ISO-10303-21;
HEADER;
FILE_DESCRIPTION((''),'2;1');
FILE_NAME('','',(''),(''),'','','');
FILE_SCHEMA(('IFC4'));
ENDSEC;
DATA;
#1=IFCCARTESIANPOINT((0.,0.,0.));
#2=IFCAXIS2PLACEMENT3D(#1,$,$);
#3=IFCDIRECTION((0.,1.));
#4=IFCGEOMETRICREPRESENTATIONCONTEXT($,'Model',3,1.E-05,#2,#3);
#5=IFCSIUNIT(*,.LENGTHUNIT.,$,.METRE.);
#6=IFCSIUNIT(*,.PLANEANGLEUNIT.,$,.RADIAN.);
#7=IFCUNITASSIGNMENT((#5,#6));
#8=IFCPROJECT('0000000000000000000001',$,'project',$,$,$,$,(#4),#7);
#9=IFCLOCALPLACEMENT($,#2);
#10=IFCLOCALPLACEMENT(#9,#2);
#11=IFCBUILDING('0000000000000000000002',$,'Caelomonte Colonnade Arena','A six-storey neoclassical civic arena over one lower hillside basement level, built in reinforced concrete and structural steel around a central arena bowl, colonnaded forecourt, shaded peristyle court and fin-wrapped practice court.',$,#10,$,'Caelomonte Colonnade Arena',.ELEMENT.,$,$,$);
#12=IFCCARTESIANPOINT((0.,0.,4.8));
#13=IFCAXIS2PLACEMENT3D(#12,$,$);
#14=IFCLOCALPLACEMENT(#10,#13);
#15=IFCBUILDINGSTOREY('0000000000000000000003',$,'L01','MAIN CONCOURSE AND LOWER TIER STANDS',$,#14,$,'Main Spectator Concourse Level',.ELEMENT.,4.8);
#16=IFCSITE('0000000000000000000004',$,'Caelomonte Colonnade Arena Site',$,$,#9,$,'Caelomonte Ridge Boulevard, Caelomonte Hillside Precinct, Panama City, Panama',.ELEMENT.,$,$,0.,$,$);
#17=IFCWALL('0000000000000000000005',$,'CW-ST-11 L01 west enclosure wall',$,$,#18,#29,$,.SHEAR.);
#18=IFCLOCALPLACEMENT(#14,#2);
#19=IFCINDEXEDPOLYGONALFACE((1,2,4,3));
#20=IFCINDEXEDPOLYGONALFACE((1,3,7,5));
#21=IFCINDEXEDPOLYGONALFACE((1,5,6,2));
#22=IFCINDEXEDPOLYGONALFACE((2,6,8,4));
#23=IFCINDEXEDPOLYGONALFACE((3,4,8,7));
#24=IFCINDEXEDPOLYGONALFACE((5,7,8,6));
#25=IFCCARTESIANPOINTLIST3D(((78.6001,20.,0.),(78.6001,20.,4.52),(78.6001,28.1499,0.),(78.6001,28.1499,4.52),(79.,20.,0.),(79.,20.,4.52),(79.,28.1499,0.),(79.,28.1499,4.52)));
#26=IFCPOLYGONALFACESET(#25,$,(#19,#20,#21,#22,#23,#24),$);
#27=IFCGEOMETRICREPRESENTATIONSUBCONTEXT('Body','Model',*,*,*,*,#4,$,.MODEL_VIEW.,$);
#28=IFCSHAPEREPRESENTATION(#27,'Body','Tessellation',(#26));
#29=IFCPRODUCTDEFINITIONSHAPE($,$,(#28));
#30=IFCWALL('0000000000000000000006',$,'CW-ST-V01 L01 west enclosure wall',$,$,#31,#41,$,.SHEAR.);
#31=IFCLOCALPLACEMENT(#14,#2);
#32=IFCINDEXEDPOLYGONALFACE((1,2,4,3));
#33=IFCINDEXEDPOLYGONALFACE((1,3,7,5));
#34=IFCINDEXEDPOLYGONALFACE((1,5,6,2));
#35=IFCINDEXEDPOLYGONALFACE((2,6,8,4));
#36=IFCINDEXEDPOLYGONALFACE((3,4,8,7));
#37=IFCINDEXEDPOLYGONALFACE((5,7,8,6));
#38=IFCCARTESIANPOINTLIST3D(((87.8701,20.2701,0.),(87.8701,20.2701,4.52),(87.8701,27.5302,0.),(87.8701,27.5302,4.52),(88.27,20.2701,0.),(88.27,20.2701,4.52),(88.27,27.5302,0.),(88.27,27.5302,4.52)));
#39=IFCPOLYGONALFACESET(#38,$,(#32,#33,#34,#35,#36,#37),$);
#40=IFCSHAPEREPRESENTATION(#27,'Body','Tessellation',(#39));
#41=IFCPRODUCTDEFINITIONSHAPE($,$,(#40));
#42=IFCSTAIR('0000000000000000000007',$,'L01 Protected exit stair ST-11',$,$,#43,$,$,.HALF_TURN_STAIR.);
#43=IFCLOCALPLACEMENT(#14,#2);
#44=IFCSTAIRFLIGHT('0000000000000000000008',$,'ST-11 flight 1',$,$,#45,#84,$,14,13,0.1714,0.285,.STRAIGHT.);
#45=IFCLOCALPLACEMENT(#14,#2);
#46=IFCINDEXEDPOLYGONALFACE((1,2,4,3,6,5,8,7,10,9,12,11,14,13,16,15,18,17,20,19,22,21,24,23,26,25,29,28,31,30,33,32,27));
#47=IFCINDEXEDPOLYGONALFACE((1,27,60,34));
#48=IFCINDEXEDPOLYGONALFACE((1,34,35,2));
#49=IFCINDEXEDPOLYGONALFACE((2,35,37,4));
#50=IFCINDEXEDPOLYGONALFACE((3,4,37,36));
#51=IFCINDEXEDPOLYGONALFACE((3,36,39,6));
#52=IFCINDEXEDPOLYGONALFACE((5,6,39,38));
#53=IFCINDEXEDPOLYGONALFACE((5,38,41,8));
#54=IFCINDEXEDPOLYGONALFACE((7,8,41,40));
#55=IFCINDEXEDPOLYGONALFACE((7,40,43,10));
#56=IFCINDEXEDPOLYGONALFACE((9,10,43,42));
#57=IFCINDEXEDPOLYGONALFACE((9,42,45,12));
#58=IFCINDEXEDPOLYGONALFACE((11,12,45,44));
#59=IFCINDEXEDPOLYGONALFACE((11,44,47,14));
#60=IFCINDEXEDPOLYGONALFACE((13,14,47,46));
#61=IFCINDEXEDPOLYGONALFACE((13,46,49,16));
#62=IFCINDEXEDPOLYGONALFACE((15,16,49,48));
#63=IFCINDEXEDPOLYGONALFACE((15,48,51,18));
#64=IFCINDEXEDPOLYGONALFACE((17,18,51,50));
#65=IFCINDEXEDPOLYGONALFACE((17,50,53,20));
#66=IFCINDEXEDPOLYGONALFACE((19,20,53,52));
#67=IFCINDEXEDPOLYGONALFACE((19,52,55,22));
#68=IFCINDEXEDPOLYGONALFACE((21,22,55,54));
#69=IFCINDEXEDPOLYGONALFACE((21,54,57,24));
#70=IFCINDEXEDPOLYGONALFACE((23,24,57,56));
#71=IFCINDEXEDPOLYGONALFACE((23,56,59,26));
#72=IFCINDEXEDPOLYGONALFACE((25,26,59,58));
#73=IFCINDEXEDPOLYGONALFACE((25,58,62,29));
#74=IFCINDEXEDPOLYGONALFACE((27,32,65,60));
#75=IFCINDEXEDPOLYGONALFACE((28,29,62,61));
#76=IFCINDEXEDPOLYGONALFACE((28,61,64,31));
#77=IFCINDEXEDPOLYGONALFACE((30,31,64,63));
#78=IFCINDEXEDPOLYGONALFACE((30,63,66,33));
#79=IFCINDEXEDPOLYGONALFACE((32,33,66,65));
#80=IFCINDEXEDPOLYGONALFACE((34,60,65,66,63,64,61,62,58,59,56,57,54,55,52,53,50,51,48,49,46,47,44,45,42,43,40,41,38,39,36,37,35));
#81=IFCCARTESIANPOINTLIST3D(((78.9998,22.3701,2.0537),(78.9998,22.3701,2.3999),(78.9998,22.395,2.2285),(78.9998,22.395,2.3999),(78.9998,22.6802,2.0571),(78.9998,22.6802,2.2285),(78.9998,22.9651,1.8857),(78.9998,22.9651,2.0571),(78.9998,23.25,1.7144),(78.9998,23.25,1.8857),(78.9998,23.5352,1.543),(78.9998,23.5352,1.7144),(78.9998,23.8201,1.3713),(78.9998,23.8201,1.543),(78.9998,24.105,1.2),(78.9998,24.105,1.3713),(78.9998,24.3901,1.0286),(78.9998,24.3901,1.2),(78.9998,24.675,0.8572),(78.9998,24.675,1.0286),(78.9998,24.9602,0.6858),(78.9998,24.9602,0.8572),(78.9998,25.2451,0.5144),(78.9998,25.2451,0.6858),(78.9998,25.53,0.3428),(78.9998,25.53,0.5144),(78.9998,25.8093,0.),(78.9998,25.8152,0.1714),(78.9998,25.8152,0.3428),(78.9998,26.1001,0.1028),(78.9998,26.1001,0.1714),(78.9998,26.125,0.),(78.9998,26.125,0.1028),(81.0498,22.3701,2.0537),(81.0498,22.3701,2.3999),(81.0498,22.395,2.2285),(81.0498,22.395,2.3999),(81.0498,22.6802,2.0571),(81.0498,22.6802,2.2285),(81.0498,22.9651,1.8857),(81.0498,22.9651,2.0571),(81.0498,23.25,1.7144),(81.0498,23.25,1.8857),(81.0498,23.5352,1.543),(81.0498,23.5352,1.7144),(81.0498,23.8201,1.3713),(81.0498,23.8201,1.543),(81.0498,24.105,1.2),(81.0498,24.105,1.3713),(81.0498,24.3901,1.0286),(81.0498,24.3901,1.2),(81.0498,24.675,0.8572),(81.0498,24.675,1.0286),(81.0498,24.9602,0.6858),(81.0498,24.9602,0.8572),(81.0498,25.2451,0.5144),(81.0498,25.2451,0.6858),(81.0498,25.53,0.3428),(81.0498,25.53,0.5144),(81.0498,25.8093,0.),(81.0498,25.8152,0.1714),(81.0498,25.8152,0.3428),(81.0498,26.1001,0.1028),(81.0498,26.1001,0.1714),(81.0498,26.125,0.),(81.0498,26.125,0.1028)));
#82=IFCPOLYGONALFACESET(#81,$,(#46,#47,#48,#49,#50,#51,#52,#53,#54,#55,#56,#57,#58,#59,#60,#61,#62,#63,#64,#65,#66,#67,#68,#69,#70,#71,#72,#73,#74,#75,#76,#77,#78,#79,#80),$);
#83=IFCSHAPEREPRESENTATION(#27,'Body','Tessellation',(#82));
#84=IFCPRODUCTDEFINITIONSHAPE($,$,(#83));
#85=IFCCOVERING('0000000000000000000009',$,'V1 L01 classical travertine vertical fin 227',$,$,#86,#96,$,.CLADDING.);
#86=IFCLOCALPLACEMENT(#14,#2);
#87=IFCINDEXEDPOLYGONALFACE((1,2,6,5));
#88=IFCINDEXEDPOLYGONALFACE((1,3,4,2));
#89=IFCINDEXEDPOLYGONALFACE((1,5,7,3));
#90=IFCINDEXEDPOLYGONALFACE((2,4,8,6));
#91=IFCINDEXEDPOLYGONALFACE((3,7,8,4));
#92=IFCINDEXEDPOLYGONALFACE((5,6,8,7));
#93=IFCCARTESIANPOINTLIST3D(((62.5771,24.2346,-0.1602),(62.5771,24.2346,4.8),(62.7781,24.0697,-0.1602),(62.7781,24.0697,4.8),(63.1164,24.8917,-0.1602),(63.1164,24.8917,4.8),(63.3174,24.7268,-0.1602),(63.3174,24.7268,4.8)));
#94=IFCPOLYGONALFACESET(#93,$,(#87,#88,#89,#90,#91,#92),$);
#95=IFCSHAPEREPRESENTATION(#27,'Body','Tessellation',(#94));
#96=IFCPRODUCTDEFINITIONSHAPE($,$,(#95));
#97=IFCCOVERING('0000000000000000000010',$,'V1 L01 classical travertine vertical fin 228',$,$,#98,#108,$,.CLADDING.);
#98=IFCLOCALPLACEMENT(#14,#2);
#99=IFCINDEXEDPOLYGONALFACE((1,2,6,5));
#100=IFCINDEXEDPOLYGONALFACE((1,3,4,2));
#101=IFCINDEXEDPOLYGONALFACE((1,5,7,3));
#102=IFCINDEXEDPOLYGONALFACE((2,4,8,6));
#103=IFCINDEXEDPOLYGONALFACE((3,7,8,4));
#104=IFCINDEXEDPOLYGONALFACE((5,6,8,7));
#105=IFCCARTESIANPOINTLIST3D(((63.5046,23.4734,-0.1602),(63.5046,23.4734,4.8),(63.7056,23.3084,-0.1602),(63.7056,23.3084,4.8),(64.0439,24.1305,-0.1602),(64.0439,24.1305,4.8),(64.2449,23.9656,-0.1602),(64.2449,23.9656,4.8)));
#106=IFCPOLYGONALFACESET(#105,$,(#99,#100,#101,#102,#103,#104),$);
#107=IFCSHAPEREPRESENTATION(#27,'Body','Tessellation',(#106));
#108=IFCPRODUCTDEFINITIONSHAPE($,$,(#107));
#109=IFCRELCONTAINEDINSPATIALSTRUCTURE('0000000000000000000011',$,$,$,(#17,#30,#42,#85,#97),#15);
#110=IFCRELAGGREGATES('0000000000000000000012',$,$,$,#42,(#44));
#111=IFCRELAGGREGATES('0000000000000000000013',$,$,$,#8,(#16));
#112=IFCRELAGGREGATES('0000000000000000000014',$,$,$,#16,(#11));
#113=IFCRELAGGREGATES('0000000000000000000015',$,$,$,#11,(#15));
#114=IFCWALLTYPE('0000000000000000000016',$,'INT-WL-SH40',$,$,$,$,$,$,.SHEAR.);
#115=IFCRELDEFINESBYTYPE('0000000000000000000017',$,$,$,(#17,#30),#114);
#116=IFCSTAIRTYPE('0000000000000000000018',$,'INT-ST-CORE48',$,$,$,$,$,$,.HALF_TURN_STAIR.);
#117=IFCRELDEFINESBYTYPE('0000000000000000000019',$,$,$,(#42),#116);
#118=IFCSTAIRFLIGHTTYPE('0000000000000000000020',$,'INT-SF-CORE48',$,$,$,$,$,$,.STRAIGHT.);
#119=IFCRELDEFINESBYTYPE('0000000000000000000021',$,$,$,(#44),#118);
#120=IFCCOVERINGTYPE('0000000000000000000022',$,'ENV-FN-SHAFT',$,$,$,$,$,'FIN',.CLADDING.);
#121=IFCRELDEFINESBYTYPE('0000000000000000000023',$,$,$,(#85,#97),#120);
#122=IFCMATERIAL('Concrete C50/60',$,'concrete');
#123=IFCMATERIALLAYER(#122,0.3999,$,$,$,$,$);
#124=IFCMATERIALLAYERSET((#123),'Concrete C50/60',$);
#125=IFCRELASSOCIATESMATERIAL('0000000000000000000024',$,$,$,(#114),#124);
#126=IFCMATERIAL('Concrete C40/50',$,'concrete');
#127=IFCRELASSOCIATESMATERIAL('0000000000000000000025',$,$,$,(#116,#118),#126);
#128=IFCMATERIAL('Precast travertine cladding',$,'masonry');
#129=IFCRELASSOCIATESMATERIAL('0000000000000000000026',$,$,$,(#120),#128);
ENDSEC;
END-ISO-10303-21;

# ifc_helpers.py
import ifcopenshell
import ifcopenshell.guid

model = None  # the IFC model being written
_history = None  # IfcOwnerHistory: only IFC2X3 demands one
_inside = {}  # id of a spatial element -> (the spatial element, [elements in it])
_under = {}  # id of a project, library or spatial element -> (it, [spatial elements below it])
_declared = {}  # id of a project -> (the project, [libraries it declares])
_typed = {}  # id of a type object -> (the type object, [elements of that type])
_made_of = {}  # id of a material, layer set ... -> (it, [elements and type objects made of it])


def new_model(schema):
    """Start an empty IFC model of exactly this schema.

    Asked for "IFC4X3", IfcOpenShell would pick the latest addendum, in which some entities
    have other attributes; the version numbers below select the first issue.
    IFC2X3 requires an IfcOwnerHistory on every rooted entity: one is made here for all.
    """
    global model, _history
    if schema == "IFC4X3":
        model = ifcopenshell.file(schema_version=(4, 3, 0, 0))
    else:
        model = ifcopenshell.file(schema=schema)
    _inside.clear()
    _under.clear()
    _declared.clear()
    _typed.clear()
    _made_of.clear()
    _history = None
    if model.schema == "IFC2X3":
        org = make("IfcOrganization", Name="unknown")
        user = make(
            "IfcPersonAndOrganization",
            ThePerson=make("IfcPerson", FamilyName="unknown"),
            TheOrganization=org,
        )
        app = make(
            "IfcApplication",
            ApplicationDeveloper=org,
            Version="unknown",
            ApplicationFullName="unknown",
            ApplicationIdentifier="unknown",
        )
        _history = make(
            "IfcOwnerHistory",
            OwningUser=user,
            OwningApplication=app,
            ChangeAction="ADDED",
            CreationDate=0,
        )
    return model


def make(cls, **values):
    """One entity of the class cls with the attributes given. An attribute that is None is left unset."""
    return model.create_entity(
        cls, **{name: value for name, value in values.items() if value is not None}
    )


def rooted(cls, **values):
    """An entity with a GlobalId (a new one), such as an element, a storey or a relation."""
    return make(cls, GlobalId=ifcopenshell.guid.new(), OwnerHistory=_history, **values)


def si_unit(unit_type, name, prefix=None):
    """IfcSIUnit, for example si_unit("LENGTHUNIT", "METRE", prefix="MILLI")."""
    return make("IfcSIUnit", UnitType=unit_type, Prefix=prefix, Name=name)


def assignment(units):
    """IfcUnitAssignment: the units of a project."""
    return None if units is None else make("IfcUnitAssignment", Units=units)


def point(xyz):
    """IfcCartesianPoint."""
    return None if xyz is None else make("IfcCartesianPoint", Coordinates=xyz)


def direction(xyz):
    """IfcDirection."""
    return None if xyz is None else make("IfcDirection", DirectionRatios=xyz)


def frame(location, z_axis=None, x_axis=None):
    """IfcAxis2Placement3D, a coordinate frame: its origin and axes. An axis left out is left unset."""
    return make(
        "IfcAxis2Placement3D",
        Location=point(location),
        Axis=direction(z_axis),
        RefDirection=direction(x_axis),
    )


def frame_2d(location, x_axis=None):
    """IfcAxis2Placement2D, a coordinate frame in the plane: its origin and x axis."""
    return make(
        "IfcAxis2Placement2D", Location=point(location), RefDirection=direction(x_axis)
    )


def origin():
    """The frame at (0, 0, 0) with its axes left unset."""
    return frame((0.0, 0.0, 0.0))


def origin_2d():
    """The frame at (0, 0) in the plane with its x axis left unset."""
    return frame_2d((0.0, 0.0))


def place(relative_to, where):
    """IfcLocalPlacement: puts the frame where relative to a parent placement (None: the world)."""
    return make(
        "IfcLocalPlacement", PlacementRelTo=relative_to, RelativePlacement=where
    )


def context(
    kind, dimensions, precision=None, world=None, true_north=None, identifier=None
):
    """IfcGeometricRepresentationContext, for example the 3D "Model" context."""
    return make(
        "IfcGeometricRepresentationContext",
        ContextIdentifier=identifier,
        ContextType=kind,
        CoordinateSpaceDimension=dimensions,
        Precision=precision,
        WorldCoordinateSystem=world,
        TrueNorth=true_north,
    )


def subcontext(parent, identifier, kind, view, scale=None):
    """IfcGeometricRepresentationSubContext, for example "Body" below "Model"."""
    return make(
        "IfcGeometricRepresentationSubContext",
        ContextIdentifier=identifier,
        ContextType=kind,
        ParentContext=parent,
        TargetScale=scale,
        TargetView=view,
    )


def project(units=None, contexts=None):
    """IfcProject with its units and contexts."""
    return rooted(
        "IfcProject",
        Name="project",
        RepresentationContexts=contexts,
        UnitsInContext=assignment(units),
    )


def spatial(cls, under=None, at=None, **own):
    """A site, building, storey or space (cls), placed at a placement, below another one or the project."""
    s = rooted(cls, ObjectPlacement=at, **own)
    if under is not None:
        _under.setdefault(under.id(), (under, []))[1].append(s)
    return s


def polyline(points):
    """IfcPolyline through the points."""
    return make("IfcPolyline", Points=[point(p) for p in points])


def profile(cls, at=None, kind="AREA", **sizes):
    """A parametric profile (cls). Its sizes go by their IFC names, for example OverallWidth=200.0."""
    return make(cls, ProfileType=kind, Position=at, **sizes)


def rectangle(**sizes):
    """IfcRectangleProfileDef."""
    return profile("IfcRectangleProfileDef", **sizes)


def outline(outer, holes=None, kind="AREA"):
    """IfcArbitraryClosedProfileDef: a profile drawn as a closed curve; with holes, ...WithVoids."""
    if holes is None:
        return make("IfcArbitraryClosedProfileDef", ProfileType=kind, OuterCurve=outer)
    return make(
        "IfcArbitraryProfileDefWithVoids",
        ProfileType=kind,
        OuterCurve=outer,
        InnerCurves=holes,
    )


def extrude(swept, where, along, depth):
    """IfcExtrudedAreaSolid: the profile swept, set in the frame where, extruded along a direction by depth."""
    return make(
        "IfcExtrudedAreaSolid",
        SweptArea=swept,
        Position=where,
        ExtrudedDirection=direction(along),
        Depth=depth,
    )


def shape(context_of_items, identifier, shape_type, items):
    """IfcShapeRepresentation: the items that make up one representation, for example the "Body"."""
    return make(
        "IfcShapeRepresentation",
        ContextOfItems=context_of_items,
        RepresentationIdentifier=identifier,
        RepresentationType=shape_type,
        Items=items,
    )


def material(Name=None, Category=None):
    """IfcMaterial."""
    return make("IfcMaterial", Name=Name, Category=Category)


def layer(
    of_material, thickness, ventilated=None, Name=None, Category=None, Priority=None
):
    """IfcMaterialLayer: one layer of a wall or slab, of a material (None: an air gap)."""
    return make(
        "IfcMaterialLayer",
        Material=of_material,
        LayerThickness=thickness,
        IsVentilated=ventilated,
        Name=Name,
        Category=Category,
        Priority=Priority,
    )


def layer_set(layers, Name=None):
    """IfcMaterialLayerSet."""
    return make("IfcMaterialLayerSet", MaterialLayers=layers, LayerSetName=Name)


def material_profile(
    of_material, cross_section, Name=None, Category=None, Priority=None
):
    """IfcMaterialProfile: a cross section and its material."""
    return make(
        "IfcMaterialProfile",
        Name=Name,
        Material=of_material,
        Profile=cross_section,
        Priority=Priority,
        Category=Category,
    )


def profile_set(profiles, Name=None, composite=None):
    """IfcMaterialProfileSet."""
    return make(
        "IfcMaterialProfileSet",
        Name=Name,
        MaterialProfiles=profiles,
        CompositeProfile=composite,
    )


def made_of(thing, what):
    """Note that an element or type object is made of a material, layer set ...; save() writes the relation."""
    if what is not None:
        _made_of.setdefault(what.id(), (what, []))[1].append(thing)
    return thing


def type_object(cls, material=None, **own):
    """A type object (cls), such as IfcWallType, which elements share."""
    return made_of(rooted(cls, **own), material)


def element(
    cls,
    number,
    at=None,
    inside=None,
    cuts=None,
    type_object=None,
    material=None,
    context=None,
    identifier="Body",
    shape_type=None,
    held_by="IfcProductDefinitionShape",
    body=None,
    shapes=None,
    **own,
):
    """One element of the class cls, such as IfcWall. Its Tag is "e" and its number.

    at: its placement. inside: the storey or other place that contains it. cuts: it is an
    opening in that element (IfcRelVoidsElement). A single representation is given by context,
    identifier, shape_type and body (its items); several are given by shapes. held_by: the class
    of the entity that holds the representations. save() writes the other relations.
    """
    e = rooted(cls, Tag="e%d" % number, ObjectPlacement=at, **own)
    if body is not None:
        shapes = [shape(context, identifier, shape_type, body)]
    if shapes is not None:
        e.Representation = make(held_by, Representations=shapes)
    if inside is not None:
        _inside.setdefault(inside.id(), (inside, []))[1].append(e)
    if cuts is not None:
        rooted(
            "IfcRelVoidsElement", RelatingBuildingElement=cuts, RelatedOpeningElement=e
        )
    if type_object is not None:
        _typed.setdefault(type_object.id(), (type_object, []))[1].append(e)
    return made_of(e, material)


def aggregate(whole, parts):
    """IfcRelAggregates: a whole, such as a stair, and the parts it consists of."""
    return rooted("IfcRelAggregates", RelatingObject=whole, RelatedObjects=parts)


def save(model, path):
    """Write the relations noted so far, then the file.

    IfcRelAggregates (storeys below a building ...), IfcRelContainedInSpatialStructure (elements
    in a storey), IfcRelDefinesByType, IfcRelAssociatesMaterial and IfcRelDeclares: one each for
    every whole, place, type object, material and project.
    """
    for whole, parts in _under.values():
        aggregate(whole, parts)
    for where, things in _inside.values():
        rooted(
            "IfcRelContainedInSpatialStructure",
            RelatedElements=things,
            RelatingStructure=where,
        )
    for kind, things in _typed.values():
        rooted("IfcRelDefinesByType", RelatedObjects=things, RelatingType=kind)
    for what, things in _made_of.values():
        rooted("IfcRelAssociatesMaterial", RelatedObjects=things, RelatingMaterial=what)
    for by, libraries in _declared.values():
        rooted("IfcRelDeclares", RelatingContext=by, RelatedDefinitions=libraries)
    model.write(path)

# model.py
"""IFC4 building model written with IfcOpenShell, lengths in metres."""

from ifc_helpers import new_model, si_unit, direction, frame, frame_2d, origin, origin_2d, place, context, subcontext, project, spatial, polyline, rectangle, outline, extrude, material, layer, layer_set, material_profile, profile_set, type_object, element, aggregate, save


model = new_model("IFC4")

# Units and contexts
model_context = context("Model", 3, precision=1e-05, world=origin(), true_north=direction((0.0, 1.0)))
body_context = subcontext(model_context, "Body", "Model", "MODEL_VIEW")
ifc_project = project(units=[si_unit("LENGTHUNIT", "METRE"), si_unit("PLANEANGLEUNIT", "RADIAN")], contexts=[model_context])

# Site, building, storey
site_placement = place(None, origin())
site = spatial("IfcSite", under=ifc_project, at=site_placement, Name="Caelomonte Colonnade Arena Site", LongName="Caelomonte Ridge Boulevard, Caelomonte Hillside Precinct, Panama City, Panama", CompositionType="ELEMENT", RefElevation=0.0)
building_placement = place(site_placement, origin())
building = spatial("IfcBuilding", under=site, at=building_placement, Name="Caelomonte Colonnade Arena", Description="A six-storey neoclassical civic arena over one lower hillside basement level, built in reinforced concrete and structural steel around a central arena bowl, colonnaded forecourt, shaded peristyle court and fin-wrapped practice court.", LongName="Caelomonte Colonnade Arena", CompositionType="ELEMENT")
storey_placement = place(building_placement, frame((0.0, 0.0, 4.8)))
storey = spatial("IfcBuildingStorey", under=building, at=storey_placement, Name="L01", Description="MAIN CONCOURSE AND LOWER TIER STANDS", LongName="Main Spectator Concourse Level", CompositionType="ELEMENT", Elevation=4.8)

# Shared definitions
ifc_material_1 = material(Name="Concrete C50/60", Category="concrete")

# Shared definitions
ifc_layer_1 = layer(ifc_material_1, 0.3999)
ifc_layer_set_1 = layer_set([ifc_layer_1], Name="Concrete C50/60")
wall_type = type_object("IfcWallType", Name="INT-WL-SH40", PredefinedType="SHEAR", material=ifc_layer_set_1)

# Walls
wall_1_placement = place(storey_placement, frame((78.8, 28.1499, 0.0), z_axis=(0.0, 0.0, 1.0), x_axis=(0.0, -1.0, 0.0)))
element("IfcWall", 1, at=wall_1_placement, inside=storey, type_object=wall_type, Name="CW-ST-11 L01 west enclosure wall", PredefinedType="SHEAR", context=body_context, shape_type="SweptSolid", body=[
    extrude(rectangle(XDim=8.1499, YDim=0.3999, at=frame_2d((4.075, 0.0))), origin(), (0.0, 0.0, 1.0), 4.52),
])
wall_2_placement = place(storey_placement, frame((88.0701, 27.53, 0.0), z_axis=(0.0, 0.0, 1.0), x_axis=(0.0, -1.0, 0.0)))
element("IfcWall", 2, at=wall_2_placement, inside=storey, type_object=wall_type, Name="CW-ST-V01 L01 west enclosure wall", PredefinedType="SHEAR", context=body_context, shape_type="SweptSolid", body=[
    extrude(rectangle(XDim=7.26, YDim=0.3999, at=frame_2d((3.6299, 0.0))), origin(), (0.0, 0.0, 1.0), 4.52),
])

# Stair, stair flight
ifc_material_2 = material(Name="Concrete C40/50", Category="concrete")
stair_type = type_object("IfcStairType", Name="INT-ST-CORE48", PredefinedType="HALF_TURN_STAIR", material=ifc_material_2)
stair_placement = place(storey_placement, origin())
stair = element("IfcStair", 3, at=stair_placement, inside=storey, type_object=stair_type, Name="L01 Protected exit stair ST-11", PredefinedType="HALF_TURN_STAIR")
stair_flight_type = type_object("IfcStairFlightType", Name="INT-SF-CORE48", PredefinedType="STRAIGHT", material=ifc_material_2)
stair_flight_placement = place(storey_placement, frame((80.0249, 26.1001, 0.0), z_axis=(0.0, 0.0, 1.0), x_axis=(0.0, -1.0, 0.0)))
stair_flight = element("IfcStairFlight", 4, at=stair_flight_placement, type_object=stair_flight_type, Name="ST-11 flight 1", NumberOfRisers=14, NumberOfTreads=13, PredefinedType="STRAIGHT", RiserHeight=0.1714, TreadLength=0.285, context=body_context, shape_type="SweptSolid", body=[
    extrude(outline(polyline([(-0.0249, 0.0), (-0.0249, 0.1028), (0.0, 0.1028), (0.0, 0.1714), (0.2849, 0.1714), (0.2849, 0.3428), (0.5701, 0.3428), (0.5701, 0.5144), (0.855, 0.5144), (0.855, 0.6858), (1.1399, 0.6858), (1.1399, 0.8572), (1.425, 0.8572), (1.425, 1.0286), (1.71, 1.0286), (1.71, 1.2), (1.9951, 1.2), (1.9951, 1.3713), (2.28, 1.3713), (2.28, 1.543), (2.5649, 1.543), (2.5649, 1.7144), (2.8501, 1.7144), (2.8501, 1.8857), (3.135, 1.8857), (3.135, 2.0571), (3.4199, 2.0571), (3.4199, 2.2285), (3.7051, 2.2285), (3.7051, 2.3999), (3.73, 2.3999), (3.73, 2.0537), (0.2908, 0.0), (-0.0249, 0.0)])), frame((0.0, 1.0249, 0.0), z_axis=(0.0, -1.0, 0.0), x_axis=(1.0, 0.0, 0.0)), (0.0, 0.0, 1.0), 2.05),
])
aggregate(stair, [stair_flight])

# Coverings
ifc_material_3 = material(Name="Precast travertine cladding", Category="masonry")
ifc_material_profile_1 = material_profile(ifc_material_3, rectangle(XDim=0.26, YDim=0.8501, at=origin_2d()), Name="FIN260X850")
ifc_profile_set_1 = profile_set([ifc_material_profile_1], Name="Precast travertine cladding")
covering_type = type_object("IfcCoveringType", Name="ENV-FN-SHAFT", ElementType="FIN", PredefinedType="CLADDING", material=ifc_profile_set_1)
for number, where, z_axis, x_axis, name in (
    (5, (62.9473, 24.4807, -0.1602), (0.0, 0.0, 1.0), (-0.772994, 0.634414, 0.0), "V1 L01 classical travertine vertical fin 227"),
    (6, (63.8748, 23.7195, -0.1602), (0.0, 0.0, 1.0), (-0.772994, 0.634414, 0.0), "V1 L01 classical travertine vertical fin 228"),
):
    element("IfcCovering", number, at=place(storey_placement, frame(where, z_axis=z_axis, x_axis=x_axis)), inside=storey, type_object=covering_type, Name=name, PredefinedType="CLADDING", context=body_context, shape_type="SweptSolid", body=[
        extrude(rectangle(XDim=0.26, YDim=0.8501, at=origin_2d()), origin(), (0.0, 0.0, 1.0), 4.9602),
    ])

save(model, "model.ifc")
